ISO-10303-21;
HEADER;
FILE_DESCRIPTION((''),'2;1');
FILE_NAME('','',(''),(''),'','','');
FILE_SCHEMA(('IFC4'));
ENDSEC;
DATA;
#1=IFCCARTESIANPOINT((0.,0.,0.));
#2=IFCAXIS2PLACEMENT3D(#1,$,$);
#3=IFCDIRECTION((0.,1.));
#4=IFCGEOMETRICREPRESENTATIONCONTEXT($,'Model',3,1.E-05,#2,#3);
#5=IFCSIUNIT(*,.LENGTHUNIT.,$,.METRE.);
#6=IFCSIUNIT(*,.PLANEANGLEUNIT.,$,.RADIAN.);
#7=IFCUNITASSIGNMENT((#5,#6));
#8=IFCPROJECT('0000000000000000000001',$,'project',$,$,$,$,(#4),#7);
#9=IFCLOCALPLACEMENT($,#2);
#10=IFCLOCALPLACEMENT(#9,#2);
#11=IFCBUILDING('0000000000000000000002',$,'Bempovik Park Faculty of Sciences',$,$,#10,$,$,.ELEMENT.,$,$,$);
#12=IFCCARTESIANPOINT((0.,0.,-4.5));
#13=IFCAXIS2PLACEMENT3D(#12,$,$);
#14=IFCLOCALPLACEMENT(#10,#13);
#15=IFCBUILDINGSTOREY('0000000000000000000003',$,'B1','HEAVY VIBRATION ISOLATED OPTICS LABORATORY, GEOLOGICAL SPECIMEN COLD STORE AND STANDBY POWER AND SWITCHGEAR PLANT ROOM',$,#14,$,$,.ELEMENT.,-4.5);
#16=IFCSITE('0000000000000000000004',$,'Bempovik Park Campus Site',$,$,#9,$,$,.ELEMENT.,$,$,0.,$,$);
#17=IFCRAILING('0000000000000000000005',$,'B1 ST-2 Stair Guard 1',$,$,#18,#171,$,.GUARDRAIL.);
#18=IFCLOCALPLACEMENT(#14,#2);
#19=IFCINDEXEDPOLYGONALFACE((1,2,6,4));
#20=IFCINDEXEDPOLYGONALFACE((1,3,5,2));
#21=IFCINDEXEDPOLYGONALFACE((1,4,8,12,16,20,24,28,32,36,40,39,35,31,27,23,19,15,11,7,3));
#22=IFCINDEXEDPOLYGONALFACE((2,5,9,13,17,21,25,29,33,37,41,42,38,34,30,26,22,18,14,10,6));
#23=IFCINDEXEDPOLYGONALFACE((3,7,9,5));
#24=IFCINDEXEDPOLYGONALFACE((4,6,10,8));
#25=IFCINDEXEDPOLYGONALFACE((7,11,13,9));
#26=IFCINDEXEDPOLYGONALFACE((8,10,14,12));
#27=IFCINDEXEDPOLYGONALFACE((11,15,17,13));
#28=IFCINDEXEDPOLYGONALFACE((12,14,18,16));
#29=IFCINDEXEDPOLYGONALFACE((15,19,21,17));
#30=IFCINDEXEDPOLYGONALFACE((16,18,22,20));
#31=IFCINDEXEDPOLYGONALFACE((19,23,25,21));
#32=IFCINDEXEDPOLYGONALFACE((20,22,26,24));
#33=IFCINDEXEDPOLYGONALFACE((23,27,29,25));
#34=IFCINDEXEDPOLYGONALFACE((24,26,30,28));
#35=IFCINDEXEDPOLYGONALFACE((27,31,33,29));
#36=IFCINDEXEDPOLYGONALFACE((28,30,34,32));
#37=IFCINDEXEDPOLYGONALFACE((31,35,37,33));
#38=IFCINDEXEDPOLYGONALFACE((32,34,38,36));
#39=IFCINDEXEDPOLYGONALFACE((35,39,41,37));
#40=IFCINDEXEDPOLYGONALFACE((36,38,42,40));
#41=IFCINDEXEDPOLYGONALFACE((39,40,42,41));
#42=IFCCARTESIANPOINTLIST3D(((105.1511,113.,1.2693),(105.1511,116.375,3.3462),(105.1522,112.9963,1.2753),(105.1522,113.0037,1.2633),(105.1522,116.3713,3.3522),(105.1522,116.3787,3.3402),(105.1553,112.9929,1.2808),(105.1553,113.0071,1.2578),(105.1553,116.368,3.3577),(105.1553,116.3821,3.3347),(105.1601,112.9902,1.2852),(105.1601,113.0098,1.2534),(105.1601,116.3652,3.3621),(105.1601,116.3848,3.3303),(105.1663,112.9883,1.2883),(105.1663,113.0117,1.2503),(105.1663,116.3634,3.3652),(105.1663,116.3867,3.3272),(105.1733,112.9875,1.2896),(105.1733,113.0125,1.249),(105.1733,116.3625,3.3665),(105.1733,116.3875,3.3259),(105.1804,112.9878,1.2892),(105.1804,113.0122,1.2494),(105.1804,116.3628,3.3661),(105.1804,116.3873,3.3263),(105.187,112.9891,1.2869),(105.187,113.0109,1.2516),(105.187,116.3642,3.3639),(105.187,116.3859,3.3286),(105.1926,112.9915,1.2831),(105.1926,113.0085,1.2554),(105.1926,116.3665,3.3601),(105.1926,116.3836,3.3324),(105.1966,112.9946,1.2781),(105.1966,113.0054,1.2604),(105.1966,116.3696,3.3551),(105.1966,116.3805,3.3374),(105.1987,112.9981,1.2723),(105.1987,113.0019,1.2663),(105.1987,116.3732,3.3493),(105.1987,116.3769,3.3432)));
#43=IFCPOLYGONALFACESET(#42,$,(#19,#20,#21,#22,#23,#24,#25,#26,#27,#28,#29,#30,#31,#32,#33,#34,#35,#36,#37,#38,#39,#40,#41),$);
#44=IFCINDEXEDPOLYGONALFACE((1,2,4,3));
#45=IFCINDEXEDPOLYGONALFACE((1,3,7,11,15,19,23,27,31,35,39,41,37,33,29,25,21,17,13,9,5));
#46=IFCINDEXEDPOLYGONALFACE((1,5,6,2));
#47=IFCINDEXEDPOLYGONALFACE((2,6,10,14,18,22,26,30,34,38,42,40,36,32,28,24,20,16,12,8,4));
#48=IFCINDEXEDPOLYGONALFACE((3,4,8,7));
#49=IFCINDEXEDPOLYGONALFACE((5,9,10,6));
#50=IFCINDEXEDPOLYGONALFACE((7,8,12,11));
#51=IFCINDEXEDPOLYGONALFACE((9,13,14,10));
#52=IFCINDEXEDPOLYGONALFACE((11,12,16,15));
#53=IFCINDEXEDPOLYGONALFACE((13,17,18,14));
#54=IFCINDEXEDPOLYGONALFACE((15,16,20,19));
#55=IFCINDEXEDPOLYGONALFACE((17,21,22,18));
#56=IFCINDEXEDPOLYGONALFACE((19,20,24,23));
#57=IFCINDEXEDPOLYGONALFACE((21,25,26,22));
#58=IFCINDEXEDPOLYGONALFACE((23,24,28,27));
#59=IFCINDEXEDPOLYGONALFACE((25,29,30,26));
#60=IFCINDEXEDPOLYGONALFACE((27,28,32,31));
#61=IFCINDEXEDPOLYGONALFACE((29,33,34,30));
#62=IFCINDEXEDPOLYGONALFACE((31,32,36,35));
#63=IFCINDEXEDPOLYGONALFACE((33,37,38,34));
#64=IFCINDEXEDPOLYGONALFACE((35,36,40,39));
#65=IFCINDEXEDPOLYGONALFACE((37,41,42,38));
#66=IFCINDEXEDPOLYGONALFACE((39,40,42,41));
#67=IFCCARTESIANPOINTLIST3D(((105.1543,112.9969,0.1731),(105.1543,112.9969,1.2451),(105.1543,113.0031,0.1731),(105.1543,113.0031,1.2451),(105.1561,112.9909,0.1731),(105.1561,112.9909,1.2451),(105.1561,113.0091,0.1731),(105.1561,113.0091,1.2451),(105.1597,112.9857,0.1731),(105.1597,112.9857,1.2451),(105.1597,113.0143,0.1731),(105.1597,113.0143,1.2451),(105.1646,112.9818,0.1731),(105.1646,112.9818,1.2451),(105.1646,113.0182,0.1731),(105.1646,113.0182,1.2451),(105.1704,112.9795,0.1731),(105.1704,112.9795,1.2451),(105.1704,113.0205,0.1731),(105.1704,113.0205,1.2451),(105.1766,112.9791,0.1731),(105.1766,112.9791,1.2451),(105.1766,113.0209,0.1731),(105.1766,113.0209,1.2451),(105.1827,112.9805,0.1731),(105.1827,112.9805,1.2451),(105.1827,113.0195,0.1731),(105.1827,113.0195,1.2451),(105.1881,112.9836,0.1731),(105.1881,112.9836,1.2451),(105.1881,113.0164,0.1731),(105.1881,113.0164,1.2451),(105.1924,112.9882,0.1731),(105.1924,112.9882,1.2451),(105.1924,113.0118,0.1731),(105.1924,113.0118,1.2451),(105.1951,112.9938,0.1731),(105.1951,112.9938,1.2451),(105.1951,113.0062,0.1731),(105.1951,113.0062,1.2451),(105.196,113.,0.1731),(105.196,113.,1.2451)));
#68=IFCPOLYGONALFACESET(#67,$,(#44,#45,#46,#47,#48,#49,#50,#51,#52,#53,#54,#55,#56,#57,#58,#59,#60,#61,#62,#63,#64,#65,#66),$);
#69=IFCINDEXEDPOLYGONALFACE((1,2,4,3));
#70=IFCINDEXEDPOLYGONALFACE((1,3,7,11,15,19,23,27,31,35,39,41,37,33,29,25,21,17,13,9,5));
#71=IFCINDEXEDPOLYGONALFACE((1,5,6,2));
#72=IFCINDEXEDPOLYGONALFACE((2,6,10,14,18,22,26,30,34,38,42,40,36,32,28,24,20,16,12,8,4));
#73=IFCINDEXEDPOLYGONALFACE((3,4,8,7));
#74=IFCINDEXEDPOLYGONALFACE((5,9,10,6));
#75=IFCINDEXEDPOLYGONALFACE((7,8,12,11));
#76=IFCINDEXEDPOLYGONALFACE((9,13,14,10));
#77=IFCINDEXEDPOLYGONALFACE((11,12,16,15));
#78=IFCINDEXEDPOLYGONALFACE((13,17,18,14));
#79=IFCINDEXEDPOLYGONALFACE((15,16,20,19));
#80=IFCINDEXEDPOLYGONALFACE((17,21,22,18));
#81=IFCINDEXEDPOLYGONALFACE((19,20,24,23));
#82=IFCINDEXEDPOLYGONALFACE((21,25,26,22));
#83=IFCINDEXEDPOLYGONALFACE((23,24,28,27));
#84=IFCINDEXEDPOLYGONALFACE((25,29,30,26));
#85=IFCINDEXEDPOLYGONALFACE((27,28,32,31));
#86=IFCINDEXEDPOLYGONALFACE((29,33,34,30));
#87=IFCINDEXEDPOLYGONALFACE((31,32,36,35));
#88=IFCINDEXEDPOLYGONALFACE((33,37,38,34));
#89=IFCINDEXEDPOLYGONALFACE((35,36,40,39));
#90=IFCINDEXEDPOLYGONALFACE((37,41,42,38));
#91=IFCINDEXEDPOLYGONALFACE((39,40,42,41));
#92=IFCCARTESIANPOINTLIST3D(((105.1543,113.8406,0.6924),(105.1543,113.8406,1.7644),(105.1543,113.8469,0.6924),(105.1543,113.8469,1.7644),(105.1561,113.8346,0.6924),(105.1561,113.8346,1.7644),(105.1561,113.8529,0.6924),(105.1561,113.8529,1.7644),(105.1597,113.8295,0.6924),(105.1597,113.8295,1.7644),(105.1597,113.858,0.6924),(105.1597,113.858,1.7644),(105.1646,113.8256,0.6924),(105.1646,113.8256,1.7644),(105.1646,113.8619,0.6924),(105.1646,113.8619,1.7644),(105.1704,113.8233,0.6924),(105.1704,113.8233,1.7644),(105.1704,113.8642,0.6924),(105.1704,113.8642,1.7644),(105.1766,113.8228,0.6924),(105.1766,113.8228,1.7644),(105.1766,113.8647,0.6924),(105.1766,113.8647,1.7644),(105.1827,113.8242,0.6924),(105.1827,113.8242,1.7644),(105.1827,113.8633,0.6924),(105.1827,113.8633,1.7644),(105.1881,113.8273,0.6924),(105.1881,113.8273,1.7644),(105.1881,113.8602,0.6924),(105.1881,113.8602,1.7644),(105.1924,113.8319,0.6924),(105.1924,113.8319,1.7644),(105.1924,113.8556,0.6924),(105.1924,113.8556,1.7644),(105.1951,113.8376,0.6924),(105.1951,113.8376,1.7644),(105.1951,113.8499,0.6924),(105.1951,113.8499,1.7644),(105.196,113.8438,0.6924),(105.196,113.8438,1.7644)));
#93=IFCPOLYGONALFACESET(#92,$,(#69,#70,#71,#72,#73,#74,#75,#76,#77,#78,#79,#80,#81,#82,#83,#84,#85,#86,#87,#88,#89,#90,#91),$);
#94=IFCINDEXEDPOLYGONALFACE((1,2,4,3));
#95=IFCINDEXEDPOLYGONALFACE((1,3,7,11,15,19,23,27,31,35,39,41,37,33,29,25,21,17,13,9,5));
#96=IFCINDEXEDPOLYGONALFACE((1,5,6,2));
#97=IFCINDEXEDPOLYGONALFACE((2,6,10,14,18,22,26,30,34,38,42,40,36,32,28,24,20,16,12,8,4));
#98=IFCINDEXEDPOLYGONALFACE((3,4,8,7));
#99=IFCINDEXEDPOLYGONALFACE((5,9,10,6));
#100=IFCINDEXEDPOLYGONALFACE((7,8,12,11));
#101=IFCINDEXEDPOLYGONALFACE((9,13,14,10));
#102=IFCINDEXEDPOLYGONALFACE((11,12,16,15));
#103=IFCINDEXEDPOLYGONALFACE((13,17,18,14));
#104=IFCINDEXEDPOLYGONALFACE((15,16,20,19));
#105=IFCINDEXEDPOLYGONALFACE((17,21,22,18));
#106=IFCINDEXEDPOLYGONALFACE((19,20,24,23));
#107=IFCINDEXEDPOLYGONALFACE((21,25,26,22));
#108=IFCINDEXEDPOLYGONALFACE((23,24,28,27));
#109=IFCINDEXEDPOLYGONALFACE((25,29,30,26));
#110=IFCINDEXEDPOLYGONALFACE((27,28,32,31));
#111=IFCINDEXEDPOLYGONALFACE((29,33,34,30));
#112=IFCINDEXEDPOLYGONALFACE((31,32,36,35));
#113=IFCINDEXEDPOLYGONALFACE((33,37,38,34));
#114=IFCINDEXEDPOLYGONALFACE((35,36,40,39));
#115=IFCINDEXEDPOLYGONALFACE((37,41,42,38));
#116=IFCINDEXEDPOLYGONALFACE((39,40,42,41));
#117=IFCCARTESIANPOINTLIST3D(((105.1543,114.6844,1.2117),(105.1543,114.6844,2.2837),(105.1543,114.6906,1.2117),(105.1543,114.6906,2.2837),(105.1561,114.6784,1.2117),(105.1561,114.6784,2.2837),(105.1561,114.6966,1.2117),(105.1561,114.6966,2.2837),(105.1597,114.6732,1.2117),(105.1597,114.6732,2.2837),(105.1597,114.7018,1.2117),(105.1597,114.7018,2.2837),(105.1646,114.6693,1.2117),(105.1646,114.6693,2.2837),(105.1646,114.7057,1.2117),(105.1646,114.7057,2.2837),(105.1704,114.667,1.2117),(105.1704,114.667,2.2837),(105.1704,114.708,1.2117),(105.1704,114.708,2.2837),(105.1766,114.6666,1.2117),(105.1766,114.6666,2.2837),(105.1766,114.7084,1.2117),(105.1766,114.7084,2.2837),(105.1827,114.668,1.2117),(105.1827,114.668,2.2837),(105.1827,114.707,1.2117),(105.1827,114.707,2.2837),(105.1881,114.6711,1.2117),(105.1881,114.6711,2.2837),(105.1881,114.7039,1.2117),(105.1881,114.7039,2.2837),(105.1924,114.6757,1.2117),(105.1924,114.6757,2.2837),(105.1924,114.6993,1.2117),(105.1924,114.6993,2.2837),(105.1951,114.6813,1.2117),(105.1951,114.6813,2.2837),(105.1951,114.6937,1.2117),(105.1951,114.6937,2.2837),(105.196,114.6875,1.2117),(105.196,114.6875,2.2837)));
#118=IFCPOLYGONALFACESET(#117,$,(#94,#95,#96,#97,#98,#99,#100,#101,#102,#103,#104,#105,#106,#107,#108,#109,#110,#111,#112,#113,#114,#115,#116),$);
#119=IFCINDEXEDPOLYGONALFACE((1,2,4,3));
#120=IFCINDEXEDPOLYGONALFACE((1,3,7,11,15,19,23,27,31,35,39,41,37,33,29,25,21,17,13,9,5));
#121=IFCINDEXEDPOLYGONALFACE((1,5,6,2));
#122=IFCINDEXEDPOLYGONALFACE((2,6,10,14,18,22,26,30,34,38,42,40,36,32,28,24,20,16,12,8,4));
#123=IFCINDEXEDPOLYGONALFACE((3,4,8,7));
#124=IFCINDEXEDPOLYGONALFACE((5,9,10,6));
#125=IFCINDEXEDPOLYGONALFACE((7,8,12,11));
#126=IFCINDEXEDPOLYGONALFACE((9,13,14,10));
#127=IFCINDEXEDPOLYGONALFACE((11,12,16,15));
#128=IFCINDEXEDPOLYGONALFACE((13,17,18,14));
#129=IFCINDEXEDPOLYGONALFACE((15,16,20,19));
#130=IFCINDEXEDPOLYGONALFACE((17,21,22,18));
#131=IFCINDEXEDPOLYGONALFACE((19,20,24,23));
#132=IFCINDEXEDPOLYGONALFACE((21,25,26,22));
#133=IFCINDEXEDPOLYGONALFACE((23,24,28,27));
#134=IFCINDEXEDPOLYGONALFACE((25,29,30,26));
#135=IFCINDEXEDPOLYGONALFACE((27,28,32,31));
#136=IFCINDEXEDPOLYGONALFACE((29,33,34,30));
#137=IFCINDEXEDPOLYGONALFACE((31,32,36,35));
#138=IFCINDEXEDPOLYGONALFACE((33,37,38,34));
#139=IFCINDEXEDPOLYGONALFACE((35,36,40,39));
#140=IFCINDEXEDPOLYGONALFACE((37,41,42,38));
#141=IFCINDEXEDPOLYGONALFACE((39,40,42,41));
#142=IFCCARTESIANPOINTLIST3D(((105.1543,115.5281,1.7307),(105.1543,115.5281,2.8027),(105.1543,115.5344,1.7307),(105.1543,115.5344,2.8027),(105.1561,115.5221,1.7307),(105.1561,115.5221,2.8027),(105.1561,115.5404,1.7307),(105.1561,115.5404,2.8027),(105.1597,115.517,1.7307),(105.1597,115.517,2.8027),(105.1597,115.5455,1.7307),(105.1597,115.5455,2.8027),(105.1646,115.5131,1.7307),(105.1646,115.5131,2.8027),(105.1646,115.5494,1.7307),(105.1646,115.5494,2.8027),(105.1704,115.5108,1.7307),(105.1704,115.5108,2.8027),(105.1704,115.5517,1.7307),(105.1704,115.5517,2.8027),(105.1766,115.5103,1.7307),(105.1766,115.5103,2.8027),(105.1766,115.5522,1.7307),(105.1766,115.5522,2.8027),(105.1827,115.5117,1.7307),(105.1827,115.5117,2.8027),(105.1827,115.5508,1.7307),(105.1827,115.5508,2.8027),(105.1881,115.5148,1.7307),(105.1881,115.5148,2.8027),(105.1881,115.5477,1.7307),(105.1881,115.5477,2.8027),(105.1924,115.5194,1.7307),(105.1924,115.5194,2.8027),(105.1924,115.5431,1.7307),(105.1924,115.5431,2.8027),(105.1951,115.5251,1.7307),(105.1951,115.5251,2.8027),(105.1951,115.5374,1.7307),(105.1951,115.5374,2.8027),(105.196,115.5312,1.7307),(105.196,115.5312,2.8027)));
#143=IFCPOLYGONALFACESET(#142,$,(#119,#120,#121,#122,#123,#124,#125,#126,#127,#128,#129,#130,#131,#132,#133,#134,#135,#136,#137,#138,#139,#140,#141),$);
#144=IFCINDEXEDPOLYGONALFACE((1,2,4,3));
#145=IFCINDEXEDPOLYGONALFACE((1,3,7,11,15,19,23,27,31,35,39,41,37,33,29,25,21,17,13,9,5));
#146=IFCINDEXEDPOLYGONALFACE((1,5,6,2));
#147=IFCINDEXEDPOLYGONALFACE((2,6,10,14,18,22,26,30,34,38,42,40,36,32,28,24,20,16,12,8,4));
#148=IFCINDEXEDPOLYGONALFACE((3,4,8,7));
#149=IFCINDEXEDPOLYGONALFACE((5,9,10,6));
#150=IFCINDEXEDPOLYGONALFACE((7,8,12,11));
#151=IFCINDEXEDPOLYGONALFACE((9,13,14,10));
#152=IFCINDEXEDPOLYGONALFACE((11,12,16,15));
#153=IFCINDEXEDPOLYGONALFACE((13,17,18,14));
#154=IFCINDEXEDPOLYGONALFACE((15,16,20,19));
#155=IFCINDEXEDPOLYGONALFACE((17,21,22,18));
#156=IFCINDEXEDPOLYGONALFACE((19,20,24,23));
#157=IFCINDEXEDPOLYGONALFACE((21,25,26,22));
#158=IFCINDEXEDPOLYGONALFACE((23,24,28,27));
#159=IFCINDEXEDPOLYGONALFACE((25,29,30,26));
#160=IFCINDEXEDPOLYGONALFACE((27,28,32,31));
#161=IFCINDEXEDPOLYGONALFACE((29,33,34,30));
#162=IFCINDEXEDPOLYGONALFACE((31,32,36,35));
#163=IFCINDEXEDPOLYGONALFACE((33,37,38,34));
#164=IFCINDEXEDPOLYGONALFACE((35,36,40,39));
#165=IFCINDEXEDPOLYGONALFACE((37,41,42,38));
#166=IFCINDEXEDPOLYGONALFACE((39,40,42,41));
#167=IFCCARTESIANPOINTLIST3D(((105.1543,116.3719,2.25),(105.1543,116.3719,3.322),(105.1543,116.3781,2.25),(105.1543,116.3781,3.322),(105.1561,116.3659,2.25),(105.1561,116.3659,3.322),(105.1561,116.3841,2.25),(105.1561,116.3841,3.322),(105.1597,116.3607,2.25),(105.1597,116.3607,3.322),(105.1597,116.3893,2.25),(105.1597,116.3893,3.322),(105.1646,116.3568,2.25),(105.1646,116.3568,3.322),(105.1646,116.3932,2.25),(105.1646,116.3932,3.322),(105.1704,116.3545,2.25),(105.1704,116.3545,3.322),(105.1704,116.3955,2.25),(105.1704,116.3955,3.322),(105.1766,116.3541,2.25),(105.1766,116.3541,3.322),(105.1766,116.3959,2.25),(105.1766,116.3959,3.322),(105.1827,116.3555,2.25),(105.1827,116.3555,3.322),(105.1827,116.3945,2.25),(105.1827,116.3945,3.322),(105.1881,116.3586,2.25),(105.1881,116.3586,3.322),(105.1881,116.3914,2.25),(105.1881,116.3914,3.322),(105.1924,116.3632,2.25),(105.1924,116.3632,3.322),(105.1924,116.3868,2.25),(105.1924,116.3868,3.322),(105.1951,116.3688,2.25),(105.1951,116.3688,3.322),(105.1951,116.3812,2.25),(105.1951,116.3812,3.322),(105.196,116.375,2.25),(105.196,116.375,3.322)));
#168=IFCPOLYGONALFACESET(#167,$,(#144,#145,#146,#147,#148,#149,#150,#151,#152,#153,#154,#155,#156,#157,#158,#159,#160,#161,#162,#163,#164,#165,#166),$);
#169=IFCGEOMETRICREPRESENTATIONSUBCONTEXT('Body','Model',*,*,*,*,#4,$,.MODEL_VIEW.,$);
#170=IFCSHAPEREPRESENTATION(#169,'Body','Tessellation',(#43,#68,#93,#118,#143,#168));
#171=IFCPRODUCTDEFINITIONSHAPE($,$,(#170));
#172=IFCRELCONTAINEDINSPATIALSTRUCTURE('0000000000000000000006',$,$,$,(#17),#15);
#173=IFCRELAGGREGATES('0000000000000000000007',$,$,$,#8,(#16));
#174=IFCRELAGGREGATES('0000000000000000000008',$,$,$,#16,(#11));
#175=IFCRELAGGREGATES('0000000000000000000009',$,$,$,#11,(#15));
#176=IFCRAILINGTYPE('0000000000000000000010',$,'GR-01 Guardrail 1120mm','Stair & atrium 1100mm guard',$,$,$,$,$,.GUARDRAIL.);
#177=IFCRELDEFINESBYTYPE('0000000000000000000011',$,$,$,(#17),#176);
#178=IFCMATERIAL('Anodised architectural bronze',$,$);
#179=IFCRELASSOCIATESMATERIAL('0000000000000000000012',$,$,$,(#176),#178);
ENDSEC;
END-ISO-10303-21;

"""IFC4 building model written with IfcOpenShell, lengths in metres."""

from ifc_helpers import new_model, si_unit, direction, frame, origin, origin_2d, place, context, subcontext, project, spatial, circle, extrude, material, type_object, element, save


model = new_model("IFC4")

# Units and contexts
model_context = context("Model", 3, precision=1e-05, world=origin(), true_north=direction((0.0, 1.0)))
body_context = subcontext(model_context, "Body", "Model", "MODEL_VIEW")
ifc_project = project(units=[si_unit("LENGTHUNIT", "METRE"), si_unit("PLANEANGLEUNIT", "RADIAN")], contexts=[model_context])

# Site, building, storey
site_placement = place(None, origin())
site = spatial("IfcSite", under=ifc_project, at=site_placement, Name="Bempovik Park Campus Site", CompositionType="ELEMENT", RefElevation=0.0)
building_placement = place(site_placement, origin())
building = spatial("IfcBuilding", under=site, at=building_placement, Name="Bempovik Park Faculty of Sciences", CompositionType="ELEMENT")
storey_placement = place(building_placement, frame((0.0, 0.0, -4.5)))
storey = spatial("IfcBuildingStorey", under=building, at=storey_placement, Name="B1", Description="HEAVY VIBRATION ISOLATED OPTICS LABORATORY, GEOLOGICAL SPECIMEN COLD STORE AND STANDBY POWER AND SWITCHGEAR PLANT ROOM", CompositionType="ELEMENT", Elevation=-4.5)

# Railing
ifc_material_1 = material(Name="Anodised architectural bronze")
railing_type_1 = type_object("IfcRailingType", Name="GR-01 Guardrail 1120mm", Description="Stair & atrium 1100mm guard", PredefinedType="GUARDRAIL", material=ifc_material_1)
railing_1_placement = place(storey_placement, frame((105.175, 113.0, 0.1731)))
element("IfcRailing", 1, at=railing_1_placement, inside=storey, type_object=railing_type_1, Name="B1 ST-2 Stair Guard 1", PredefinedType="GUARDRAIL", context=body_context, shape_type="SweptSolid", body=[
    extrude(circle(Radius=0.0239, at=origin_2d()), frame((0.0, 0.0, 1.0962), z_axis=(0.0, 0.85166, 0.524094), x_axis=(-1.0, 0.0, 0.0)), (0.0, 0.0, 1.0), 3.9629),
    extrude(circle(Radius=0.021, at=origin_2d()), origin(), (0.0, 0.0, 1.0), 1.072),
    extrude(circle(Radius=0.021, at=origin_2d()), frame((0.0, 0.8438, 0.5193)), (0.0, 0.0, 1.0), 1.072),
    extrude(circle(Radius=0.021, at=origin_2d()), frame((0.0, 1.6875, 1.0386)), (0.0, 0.0, 1.0), 1.072),
    extrude(circle(Radius=0.021, at=origin_2d()), frame((0.0, 2.5312, 1.5576)), (0.0, 0.0, 1.0), 1.072),
    extrude(circle(Radius=0.021, at=origin_2d()), frame((0.0, 3.375, 2.0769)), (0.0, 0.0, 1.0), 1.072),
])

save(model, "model.ifc")
